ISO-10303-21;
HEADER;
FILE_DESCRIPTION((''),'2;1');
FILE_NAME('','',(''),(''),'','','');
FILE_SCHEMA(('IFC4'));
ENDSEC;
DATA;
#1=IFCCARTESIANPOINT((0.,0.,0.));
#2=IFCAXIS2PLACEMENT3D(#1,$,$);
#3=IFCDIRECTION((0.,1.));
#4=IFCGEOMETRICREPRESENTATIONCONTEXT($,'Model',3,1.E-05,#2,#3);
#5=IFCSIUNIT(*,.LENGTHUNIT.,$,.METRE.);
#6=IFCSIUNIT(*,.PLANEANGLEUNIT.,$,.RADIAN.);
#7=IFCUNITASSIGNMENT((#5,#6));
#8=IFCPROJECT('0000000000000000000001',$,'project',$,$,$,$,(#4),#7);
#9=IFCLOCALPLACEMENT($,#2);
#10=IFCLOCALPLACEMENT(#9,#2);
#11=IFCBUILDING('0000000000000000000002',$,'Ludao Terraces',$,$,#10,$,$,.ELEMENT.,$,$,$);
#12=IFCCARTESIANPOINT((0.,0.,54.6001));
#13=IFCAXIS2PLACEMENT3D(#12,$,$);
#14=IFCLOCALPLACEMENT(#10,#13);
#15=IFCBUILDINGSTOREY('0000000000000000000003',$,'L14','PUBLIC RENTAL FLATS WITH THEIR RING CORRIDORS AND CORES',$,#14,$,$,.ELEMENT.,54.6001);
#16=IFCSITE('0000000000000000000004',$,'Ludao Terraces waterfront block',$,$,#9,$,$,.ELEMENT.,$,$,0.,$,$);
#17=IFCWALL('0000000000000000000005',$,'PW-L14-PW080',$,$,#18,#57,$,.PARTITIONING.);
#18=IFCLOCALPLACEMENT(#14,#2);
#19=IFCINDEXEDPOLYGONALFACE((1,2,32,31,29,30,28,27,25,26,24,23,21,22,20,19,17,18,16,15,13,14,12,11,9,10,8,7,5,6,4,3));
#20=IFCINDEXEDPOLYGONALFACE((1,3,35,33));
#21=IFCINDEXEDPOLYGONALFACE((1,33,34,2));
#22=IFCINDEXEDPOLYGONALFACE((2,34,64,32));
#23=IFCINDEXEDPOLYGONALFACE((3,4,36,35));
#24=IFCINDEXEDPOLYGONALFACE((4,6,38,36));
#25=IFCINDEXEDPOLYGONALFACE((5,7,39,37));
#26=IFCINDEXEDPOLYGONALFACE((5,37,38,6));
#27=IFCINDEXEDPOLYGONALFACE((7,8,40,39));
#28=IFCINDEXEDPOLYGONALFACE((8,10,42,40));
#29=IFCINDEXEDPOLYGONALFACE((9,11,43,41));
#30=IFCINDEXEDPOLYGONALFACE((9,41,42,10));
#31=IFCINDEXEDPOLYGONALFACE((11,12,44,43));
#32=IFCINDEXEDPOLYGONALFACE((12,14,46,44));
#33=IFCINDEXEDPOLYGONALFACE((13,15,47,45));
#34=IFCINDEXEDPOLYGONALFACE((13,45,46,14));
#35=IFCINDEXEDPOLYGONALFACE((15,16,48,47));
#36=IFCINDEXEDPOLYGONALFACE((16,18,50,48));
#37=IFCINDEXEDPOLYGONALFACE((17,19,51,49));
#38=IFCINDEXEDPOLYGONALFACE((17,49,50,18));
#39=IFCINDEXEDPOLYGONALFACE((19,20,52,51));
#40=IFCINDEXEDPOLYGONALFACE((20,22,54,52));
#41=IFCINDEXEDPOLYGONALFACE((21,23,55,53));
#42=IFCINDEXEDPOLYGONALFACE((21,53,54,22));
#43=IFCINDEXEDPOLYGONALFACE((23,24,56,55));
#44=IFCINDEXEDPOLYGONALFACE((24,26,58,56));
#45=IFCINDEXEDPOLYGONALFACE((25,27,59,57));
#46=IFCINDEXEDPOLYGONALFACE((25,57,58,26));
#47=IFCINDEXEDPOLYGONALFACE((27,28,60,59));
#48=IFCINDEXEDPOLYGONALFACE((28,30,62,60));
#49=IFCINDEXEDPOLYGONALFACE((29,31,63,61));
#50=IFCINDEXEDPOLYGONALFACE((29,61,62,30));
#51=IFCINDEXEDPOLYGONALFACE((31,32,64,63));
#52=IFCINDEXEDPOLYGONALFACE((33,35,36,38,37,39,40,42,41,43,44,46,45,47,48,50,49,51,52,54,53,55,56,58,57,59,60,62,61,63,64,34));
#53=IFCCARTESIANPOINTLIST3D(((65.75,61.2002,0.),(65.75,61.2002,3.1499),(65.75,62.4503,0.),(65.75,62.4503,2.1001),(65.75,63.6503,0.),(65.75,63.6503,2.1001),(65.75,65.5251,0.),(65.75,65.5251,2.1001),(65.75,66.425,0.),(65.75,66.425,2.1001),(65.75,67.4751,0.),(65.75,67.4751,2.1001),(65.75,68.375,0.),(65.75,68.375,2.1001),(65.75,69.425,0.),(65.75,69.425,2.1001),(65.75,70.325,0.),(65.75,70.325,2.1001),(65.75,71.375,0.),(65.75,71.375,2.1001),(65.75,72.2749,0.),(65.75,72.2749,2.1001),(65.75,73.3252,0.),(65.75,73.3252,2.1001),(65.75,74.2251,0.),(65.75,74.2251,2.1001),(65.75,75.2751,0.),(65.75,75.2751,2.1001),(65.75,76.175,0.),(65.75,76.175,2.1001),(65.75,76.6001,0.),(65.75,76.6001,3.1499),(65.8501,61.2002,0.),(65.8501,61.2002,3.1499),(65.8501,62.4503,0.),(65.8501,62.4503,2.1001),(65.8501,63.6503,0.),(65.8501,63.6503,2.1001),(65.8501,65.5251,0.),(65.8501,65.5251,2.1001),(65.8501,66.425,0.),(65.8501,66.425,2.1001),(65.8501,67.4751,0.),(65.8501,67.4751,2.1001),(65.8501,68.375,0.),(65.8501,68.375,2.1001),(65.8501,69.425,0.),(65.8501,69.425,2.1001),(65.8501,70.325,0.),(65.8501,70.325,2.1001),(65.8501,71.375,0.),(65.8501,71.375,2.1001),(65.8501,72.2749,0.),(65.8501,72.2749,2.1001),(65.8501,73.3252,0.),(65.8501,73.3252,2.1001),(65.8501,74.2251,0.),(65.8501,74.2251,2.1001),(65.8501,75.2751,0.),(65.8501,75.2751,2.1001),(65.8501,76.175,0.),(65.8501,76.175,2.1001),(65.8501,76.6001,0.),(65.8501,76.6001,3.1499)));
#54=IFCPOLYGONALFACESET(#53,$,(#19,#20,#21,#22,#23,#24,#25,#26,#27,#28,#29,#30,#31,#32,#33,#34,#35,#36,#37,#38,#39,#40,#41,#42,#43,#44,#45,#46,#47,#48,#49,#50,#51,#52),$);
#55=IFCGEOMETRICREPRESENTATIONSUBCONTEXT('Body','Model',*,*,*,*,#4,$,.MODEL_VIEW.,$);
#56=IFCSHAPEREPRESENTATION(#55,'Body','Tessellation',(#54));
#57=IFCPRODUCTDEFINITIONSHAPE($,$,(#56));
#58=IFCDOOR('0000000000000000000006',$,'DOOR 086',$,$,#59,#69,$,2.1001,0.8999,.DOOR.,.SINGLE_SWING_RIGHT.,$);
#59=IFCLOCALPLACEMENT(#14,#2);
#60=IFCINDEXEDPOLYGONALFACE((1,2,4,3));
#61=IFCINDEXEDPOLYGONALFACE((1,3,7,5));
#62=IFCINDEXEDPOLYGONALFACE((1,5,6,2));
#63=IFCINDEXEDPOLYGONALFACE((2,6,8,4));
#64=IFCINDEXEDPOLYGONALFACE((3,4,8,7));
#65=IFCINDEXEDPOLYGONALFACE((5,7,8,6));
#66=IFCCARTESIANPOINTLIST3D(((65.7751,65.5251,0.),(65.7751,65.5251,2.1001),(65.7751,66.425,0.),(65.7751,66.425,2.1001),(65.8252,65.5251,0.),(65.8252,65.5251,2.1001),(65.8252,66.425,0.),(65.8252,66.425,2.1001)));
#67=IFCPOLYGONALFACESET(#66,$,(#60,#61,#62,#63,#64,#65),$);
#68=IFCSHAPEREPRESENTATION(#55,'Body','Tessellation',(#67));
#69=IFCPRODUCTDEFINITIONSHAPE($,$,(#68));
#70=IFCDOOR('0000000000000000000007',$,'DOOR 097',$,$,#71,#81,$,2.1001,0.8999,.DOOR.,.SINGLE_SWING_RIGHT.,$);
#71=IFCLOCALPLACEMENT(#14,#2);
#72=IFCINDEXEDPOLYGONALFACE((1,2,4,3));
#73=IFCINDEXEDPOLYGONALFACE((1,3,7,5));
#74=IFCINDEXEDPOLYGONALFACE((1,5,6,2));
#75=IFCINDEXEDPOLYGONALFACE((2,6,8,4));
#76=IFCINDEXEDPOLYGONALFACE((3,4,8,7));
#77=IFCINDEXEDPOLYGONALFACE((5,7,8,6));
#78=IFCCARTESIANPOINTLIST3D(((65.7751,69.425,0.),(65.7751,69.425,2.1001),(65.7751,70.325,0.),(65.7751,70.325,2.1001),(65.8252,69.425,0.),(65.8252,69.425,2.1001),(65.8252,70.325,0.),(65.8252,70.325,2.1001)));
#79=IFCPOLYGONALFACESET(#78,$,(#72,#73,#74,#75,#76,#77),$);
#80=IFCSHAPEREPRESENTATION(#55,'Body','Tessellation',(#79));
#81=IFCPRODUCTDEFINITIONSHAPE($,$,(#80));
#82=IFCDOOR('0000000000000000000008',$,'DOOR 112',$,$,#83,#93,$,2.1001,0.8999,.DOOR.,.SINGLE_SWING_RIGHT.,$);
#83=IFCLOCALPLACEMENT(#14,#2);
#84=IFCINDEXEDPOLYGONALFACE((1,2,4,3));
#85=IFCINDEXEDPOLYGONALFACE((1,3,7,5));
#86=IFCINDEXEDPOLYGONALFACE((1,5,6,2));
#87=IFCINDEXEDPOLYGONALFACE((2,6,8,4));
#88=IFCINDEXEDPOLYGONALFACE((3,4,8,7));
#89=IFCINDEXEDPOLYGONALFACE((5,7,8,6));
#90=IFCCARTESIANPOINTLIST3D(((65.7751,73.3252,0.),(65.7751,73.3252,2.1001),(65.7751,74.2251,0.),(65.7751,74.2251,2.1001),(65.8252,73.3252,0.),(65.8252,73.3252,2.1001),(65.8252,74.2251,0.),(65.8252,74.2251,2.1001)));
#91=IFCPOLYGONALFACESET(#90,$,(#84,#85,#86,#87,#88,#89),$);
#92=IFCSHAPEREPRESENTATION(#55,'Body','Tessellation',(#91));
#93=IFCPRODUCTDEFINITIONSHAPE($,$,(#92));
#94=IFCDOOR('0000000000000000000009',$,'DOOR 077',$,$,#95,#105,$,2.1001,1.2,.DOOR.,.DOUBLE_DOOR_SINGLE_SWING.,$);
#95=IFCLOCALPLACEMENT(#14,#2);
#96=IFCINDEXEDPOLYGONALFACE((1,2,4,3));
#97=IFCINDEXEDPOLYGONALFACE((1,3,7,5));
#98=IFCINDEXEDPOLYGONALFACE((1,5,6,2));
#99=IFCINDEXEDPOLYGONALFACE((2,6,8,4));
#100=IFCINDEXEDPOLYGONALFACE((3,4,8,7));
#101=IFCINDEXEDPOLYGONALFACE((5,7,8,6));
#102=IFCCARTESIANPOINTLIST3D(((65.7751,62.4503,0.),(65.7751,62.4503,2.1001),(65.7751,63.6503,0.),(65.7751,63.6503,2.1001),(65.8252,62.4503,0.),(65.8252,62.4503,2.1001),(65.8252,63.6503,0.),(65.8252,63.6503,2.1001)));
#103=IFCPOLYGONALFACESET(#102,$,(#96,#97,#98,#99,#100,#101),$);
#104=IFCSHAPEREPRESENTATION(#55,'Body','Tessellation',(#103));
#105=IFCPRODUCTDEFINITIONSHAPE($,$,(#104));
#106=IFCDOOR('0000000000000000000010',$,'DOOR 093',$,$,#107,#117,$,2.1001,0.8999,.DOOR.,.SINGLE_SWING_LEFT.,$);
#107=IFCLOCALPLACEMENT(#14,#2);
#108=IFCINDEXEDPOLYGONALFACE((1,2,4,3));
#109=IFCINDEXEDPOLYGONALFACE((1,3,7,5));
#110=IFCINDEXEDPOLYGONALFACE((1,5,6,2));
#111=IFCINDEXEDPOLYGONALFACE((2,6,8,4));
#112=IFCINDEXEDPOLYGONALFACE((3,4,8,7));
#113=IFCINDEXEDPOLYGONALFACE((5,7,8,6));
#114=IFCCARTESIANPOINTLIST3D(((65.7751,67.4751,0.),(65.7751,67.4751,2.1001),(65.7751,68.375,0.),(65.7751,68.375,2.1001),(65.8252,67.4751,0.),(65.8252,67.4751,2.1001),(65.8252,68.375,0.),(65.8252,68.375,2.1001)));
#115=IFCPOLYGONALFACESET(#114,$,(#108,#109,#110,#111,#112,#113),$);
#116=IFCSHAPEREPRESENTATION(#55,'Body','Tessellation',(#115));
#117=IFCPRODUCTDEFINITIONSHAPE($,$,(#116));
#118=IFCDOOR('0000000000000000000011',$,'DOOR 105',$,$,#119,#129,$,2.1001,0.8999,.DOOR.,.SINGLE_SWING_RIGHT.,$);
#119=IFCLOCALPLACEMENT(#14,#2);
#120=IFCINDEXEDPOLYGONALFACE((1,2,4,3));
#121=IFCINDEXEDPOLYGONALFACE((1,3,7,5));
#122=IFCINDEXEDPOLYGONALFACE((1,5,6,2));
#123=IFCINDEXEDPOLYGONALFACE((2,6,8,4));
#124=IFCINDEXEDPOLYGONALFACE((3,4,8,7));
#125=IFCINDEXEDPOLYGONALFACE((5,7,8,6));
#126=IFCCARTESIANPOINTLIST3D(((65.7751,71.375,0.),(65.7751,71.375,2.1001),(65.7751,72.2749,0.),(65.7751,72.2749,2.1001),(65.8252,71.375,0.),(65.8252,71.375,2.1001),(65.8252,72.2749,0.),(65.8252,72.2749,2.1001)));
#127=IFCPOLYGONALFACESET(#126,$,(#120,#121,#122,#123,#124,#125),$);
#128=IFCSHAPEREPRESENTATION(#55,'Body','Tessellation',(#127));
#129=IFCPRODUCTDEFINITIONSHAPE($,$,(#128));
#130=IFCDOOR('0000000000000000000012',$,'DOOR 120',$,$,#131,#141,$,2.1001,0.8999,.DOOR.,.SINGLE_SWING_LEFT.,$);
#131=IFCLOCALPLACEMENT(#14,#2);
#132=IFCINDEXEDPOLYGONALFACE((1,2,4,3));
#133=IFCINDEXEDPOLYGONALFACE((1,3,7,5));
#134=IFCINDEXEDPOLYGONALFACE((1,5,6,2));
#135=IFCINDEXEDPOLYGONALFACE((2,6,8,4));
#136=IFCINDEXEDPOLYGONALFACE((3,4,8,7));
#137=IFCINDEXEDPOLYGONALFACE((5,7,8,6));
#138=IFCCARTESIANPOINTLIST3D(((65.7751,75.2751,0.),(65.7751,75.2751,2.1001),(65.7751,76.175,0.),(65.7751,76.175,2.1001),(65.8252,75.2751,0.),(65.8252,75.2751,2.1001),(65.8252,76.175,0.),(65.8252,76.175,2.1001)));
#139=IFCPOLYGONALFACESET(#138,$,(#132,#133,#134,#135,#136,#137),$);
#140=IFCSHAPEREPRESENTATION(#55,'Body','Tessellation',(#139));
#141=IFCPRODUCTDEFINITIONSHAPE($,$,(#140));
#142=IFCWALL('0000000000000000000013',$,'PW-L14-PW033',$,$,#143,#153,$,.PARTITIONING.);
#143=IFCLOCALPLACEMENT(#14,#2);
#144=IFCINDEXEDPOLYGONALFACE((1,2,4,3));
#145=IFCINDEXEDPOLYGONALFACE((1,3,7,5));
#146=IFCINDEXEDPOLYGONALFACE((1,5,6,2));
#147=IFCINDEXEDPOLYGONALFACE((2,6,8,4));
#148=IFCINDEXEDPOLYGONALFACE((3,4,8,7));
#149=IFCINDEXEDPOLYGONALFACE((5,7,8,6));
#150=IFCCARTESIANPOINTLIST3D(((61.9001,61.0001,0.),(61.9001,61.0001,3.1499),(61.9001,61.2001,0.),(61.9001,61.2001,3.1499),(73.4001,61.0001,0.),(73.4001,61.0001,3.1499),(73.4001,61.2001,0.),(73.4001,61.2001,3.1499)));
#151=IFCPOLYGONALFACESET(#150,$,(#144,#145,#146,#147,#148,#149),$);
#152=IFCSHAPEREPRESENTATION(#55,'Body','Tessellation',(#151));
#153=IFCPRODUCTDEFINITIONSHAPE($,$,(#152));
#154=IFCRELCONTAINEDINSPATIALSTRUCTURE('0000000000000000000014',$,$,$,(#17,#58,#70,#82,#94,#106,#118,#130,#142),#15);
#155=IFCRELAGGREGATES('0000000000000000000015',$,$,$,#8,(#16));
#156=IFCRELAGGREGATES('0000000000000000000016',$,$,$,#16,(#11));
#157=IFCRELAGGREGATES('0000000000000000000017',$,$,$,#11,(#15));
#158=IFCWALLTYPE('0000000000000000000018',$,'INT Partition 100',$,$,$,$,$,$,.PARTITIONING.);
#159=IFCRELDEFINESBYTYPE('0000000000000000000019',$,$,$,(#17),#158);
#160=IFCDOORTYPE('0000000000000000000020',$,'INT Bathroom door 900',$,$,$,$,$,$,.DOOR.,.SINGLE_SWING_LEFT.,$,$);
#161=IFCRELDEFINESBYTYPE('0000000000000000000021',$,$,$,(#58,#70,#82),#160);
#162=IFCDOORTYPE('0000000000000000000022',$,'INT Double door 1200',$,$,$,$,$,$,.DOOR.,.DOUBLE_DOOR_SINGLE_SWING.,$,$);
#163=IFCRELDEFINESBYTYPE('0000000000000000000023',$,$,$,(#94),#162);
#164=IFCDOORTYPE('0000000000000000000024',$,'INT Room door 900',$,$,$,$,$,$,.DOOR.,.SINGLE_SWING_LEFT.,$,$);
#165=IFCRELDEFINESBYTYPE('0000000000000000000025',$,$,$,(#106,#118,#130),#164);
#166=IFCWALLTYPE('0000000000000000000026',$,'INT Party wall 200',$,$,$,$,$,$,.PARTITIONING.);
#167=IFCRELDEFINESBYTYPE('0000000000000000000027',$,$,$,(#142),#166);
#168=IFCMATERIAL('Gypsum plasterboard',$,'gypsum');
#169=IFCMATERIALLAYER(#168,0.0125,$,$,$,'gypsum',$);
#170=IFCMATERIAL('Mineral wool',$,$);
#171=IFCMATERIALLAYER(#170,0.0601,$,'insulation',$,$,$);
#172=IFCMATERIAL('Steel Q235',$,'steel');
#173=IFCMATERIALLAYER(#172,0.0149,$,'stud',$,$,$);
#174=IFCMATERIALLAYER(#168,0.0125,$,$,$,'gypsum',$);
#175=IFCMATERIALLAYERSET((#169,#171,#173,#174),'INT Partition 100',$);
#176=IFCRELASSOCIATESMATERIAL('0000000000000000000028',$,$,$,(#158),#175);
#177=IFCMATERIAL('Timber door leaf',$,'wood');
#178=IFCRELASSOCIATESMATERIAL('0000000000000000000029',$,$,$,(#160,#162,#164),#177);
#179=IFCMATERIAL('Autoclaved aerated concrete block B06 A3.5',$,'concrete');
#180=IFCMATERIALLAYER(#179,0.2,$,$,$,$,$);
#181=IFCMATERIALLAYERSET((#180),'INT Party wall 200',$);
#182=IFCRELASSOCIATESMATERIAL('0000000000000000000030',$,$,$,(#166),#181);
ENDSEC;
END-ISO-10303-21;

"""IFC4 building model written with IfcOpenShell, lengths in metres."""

from ifc_helpers import new_model, si_unit, direction, frame, frame_2d, origin, place, context, subcontext, project, spatial, rectangle, extrude, material, layer, layer_set, type_object, element, fill, save


model = new_model("IFC4")

# Units and contexts
model_context = context("Model", 3, precision=1e-05, world=origin(), true_north=direction((0.0, 1.0)))
body_context = subcontext(model_context, "Body", "Model", "MODEL_VIEW")
ifc_project = project(units=[si_unit("LENGTHUNIT", "METRE"), si_unit("PLANEANGLEUNIT", "RADIAN")], contexts=[model_context])

# Site, building, storey
site_placement = place(None, origin())
site = spatial("IfcSite", under=ifc_project, at=site_placement, Name="Ludao Terraces waterfront block", CompositionType="ELEMENT", RefElevation=0.0)
building_placement = place(site_placement, origin())
building = spatial("IfcBuilding", under=site, at=building_placement, Name="Ludao Terraces", CompositionType="ELEMENT")
storey_placement = place(building_placement, frame((0.0, 0.0, 54.6001)))
storey = spatial("IfcBuildingStorey", under=building, at=storey_placement, Name="L14", Description="PUBLIC RENTAL FLATS WITH THEIR RING CORRIDORS AND CORES", CompositionType="ELEMENT", Elevation=54.6001)

# Shared definitions
ifc_material_1 = material(Name="Mineral wool")

# Shared definitions
ifc_material_2 = material(Name="Gypsum plasterboard", Category="gypsum")
ifc_layer_1 = layer(ifc_material_2, 0.0125, Category="gypsum")
ifc_layer_2 = layer(ifc_material_1, 0.0601, Name="insulation")
ifc_material_3 = material(Name="Steel Q235", Category="steel")
ifc_layer_3 = layer(ifc_material_3, 0.0149, Name="stud")
ifc_layer_4 = layer(ifc_material_2, 0.0125, Category="gypsum")
ifc_layer_set_1 = layer_set([ifc_layer_1, ifc_layer_2, ifc_layer_3, ifc_layer_4], Name="INT Partition 100")
wall_type_1 = type_object("IfcWallType", Name="INT Partition 100", PredefinedType="PARTITIONING", material=ifc_layer_set_1)

# Wall, openings, doors
wall_1_placement = place(storey_placement, frame((65.8, 61.2002, 0.0), z_axis=(0.0, 0.0, 1.0), x_axis=(0.0, 1.0, 0.0)))
wall_1 = element("IfcWall", 1, at=wall_1_placement, inside=storey, type_object=wall_type_1, Name="PW-L14-PW080", PredefinedType="PARTITIONING", context=body_context, shape_type="SweptSolid", body=[
    extrude(rectangle(XDim=15.3999, YDim=0.1001, at=frame_2d((7.7, 0.0))), origin(), (0.0, 0.0, 1.0), 3.1499),
])
opening_1_placement = place(wall_1_placement, frame((1.25, 0.0, 0.0)))
opening_1 = element("IfcOpeningElement", 2, at=opening_1_placement, cuts=wall_1, PredefinedType="OPENING", context=body_context, shape_type="SweptSolid", body=[
    extrude(rectangle(XDim=1.2, YDim=2.1001, at=frame_2d((0.6001, 1.05))), frame((0.0, 0.0601, 0.0), z_axis=(0.0, -1.0, 0.0), x_axis=(1.0, 0.0, 0.0)), (0.0, 0.0, 1.0), 0.1201),
])
opening_2_placement = place(wall_1_placement, frame((4.325, 0.0, 0.0)))
opening_2 = element("IfcOpeningElement", 3, at=opening_2_placement, cuts=wall_1, PredefinedType="OPENING", context=body_context, shape_type="SweptSolid", body=[
    extrude(rectangle(XDim=0.8999, YDim=2.1001, at=frame_2d((0.45, 1.05))), frame((0.0, 0.0601, 0.0), z_axis=(0.0, -1.0, 0.0), x_axis=(1.0, 0.0, 0.0)), (0.0, 0.0, 1.0), 0.1201),
])
opening_3_placement = place(wall_1_placement, frame((6.2749, 0.0, 0.0)))
opening_3 = element("IfcOpeningElement", 4, at=opening_3_placement, cuts=wall_1, PredefinedType="OPENING", context=body_context, shape_type="SweptSolid", body=[
    extrude(rectangle(XDim=0.8999, YDim=2.1001, at=frame_2d((0.45, 1.05))), frame((0.0, 0.0601, 0.0), z_axis=(0.0, -1.0, 0.0), x_axis=(1.0, 0.0, 0.0)), (0.0, 0.0, 1.0), 0.1201),
])
opening_4_placement = place(wall_1_placement, frame((8.2249, 0.0, 0.0)))
opening_4 = element("IfcOpeningElement", 5, at=opening_4_placement, cuts=wall_1, PredefinedType="OPENING", context=body_context, shape_type="SweptSolid", body=[
    extrude(rectangle(XDim=0.8999, YDim=2.1001, at=frame_2d((0.45, 1.05))), frame((0.0, 0.0601, 0.0), z_axis=(0.0, -1.0, 0.0), x_axis=(1.0, 0.0, 0.0)), (0.0, 0.0, 1.0), 0.1201),
])
opening_5_placement = place(wall_1_placement, frame((10.1748, 0.0, 0.0)))
opening_5 = element("IfcOpeningElement", 6, at=opening_5_placement, cuts=wall_1, PredefinedType="OPENING", context=body_context, shape_type="SweptSolid", body=[
    extrude(rectangle(XDim=0.8999, YDim=2.1001, at=frame_2d((0.45, 1.05))), frame((0.0, 0.0601, 0.0), z_axis=(0.0, -1.0, 0.0), x_axis=(1.0, 0.0, 0.0)), (0.0, 0.0, 1.0), 0.1201),
])
opening_6_placement = place(wall_1_placement, frame((12.125, 0.0, 0.0)))
opening_6 = element("IfcOpeningElement", 7, at=opening_6_placement, cuts=wall_1, PredefinedType="OPENING", context=body_context, shape_type="SweptSolid", body=[
    extrude(rectangle(XDim=0.8999, YDim=2.1001, at=frame_2d((0.45, 1.05))), frame((0.0, 0.0601, 0.0), z_axis=(0.0, -1.0, 0.0), x_axis=(1.0, 0.0, 0.0)), (0.0, 0.0, 1.0), 0.1201),
])
opening_7_placement = place(wall_1_placement, frame((14.075, 0.0, 0.0)))
opening_7 = element("IfcOpeningElement", 8, at=opening_7_placement, cuts=wall_1, PredefinedType="OPENING", context=body_context, shape_type="SweptSolid", body=[
    extrude(rectangle(XDim=0.8999, YDim=2.1001, at=frame_2d((0.45, 1.05))), frame((0.0, 0.0601, 0.0), z_axis=(0.0, -1.0, 0.0), x_axis=(1.0, 0.0, 0.0)), (0.0, 0.0, 1.0), 0.1201),
])
ifc_material_4 = material(Name="Timber door leaf", Category="wood")
door_type_1 = type_object("IfcDoorType", Name="INT Bathroom door 900", OperationType="SINGLE_SWING_LEFT", PredefinedType="DOOR", material=ifc_material_4)
door_1_placement = place(opening_2_placement, origin())
door_1 = element("IfcDoor", 9, at=door_1_placement, inside=storey, type_object=door_type_1, Name="DOOR 086", OperationType="SINGLE_SWING_RIGHT", OverallHeight=2.1001, OverallWidth=0.8999, PredefinedType="DOOR", context=body_context, shape_type="SweptSolid", body=[
    extrude(rectangle(XDim=0.8999, YDim=2.1001, at=frame_2d((0.45, 1.05))), frame((0.0, 0.0249, 0.0), z_axis=(0.0, -1.0, 0.0), x_axis=(1.0, 0.0, 0.0)), (0.0, 0.0, 1.0), 0.05),
])
fill(opening_2, door_1)
door_2_placement = place(opening_4_placement, origin())
door_2 = element("IfcDoor", 10, at=door_2_placement, inside=storey, type_object=door_type_1, Name="DOOR 097", OperationType="SINGLE_SWING_RIGHT", OverallHeight=2.1001, OverallWidth=0.8999, PredefinedType="DOOR", context=body_context, shape_type="SweptSolid", body=[
    extrude(rectangle(XDim=0.8999, YDim=2.1001, at=frame_2d((0.45, 1.05))), frame((0.0, 0.0249, 0.0), z_axis=(0.0, -1.0, 0.0), x_axis=(1.0, 0.0, 0.0)), (0.0, 0.0, 1.0), 0.05),
])
fill(opening_4, door_2)
door_3_placement = place(opening_6_placement, origin())
door_3 = element("IfcDoor", 11, at=door_3_placement, inside=storey, type_object=door_type_1, Name="DOOR 112", OperationType="SINGLE_SWING_RIGHT", OverallHeight=2.1001, OverallWidth=0.8999, PredefinedType="DOOR", context=body_context, shape_type="SweptSolid", body=[
    extrude(rectangle(XDim=0.8999, YDim=2.1001, at=frame_2d((0.45, 1.05))), frame((0.0, 0.0249, 0.0), z_axis=(0.0, -1.0, 0.0), x_axis=(1.0, 0.0, 0.0)), (0.0, 0.0, 1.0), 0.05),
])
fill(opening_6, door_3)
door_type_2 = type_object("IfcDoorType", Name="INT Double door 1200", OperationType="DOUBLE_DOOR_SINGLE_SWING", PredefinedType="DOOR", material=ifc_material_4)
door_4_placement = place(opening_1_placement, origin())
door_4 = element("IfcDoor", 12, at=door_4_placement, inside=storey, type_object=door_type_2, Name="DOOR 077", OperationType="DOUBLE_DOOR_SINGLE_SWING", OverallHeight=2.1001, OverallWidth=1.2, PredefinedType="DOOR", context=body_context, shape_type="SweptSolid", body=[
    extrude(rectangle(XDim=1.2, YDim=2.1001, at=frame_2d((0.6001, 1.05))), frame((0.0, 0.0249, 0.0), z_axis=(0.0, -1.0, 0.0), x_axis=(1.0, 0.0, 0.0)), (0.0, 0.0, 1.0), 0.05),
])
fill(opening_1, door_4)
door_type_3 = type_object("IfcDoorType", Name="INT Room door 900", OperationType="SINGLE_SWING_LEFT", PredefinedType="DOOR", material=ifc_material_4)
door_5_placement = place(opening_3_placement, origin())
door_5 = element("IfcDoor", 13, at=door_5_placement, inside=storey, type_object=door_type_3, Name="DOOR 093", OperationType="SINGLE_SWING_LEFT", OverallHeight=2.1001, OverallWidth=0.8999, PredefinedType="DOOR", context=body_context, shape_type="SweptSolid", body=[
    extrude(rectangle(XDim=0.8999, YDim=2.1001, at=frame_2d((0.45, 1.05))), frame((0.0, 0.0249, 0.0), z_axis=(0.0, -1.0, 0.0), x_axis=(1.0, 0.0, 0.0)), (0.0, 0.0, 1.0), 0.05),
])
fill(opening_3, door_5)
door_6_placement = place(opening_5_placement, origin())
door_6 = element("IfcDoor", 14, at=door_6_placement, inside=storey, type_object=door_type_3, Name="DOOR 105", OperationType="SINGLE_SWING_RIGHT", OverallHeight=2.1001, OverallWidth=0.8999, PredefinedType="DOOR", context=body_context, shape_type="SweptSolid", body=[
    extrude(rectangle(XDim=0.8999, YDim=2.1001, at=frame_2d((0.45, 1.05))), frame((0.0, 0.0249, 0.0), z_axis=(0.0, -1.0, 0.0), x_axis=(1.0, 0.0, 0.0)), (0.0, 0.0, 1.0), 0.05),
])
fill(opening_5, door_6)
door_7_placement = place(opening_7_placement, origin())
door_7 = element("IfcDoor", 15, at=door_7_placement, inside=storey, type_object=door_type_3, Name="DOOR 120", OperationType="SINGLE_SWING_LEFT", OverallHeight=2.1001, OverallWidth=0.8999, PredefinedType="DOOR", context=body_context, shape_type="SweptSolid", body=[
    extrude(rectangle(XDim=0.8999, YDim=2.1001, at=frame_2d((0.45, 1.05))), frame((0.0, 0.0249, 0.0), z_axis=(0.0, -1.0, 0.0), x_axis=(1.0, 0.0, 0.0)), (0.0, 0.0, 1.0), 0.05),
])
fill(opening_7, door_7)

# Wall
ifc_material_5 = material(Name="Autoclaved aerated concrete block B06 A3.5", Category="concrete")
ifc_layer_5 = layer(ifc_material_5, 0.2)
ifc_layer_set_2 = layer_set([ifc_layer_5], Name="INT Party wall 200")
wall_type_2 = type_object("IfcWallType", Name="INT Party wall 200", PredefinedType="PARTITIONING", material=ifc_layer_set_2)
wall_2_placement = place(storey_placement, frame((61.9001, 61.1001, 0.0), z_axis=(0.0, 0.0, 1.0), x_axis=(1.0, 0.0, 0.0)))
element("IfcWall", 16, at=wall_2_placement, inside=storey, type_object=wall_type_2, Name="PW-L14-PW033", PredefinedType="PARTITIONING", context=body_context, shape_type="SweptSolid", body=[
    extrude(rectangle(XDim=11.5, YDim=0.2, at=frame_2d((5.75, 0.0))), origin(), (0.0, 0.0, 1.0), 3.1499),
])

save(model, "model.ifc")
